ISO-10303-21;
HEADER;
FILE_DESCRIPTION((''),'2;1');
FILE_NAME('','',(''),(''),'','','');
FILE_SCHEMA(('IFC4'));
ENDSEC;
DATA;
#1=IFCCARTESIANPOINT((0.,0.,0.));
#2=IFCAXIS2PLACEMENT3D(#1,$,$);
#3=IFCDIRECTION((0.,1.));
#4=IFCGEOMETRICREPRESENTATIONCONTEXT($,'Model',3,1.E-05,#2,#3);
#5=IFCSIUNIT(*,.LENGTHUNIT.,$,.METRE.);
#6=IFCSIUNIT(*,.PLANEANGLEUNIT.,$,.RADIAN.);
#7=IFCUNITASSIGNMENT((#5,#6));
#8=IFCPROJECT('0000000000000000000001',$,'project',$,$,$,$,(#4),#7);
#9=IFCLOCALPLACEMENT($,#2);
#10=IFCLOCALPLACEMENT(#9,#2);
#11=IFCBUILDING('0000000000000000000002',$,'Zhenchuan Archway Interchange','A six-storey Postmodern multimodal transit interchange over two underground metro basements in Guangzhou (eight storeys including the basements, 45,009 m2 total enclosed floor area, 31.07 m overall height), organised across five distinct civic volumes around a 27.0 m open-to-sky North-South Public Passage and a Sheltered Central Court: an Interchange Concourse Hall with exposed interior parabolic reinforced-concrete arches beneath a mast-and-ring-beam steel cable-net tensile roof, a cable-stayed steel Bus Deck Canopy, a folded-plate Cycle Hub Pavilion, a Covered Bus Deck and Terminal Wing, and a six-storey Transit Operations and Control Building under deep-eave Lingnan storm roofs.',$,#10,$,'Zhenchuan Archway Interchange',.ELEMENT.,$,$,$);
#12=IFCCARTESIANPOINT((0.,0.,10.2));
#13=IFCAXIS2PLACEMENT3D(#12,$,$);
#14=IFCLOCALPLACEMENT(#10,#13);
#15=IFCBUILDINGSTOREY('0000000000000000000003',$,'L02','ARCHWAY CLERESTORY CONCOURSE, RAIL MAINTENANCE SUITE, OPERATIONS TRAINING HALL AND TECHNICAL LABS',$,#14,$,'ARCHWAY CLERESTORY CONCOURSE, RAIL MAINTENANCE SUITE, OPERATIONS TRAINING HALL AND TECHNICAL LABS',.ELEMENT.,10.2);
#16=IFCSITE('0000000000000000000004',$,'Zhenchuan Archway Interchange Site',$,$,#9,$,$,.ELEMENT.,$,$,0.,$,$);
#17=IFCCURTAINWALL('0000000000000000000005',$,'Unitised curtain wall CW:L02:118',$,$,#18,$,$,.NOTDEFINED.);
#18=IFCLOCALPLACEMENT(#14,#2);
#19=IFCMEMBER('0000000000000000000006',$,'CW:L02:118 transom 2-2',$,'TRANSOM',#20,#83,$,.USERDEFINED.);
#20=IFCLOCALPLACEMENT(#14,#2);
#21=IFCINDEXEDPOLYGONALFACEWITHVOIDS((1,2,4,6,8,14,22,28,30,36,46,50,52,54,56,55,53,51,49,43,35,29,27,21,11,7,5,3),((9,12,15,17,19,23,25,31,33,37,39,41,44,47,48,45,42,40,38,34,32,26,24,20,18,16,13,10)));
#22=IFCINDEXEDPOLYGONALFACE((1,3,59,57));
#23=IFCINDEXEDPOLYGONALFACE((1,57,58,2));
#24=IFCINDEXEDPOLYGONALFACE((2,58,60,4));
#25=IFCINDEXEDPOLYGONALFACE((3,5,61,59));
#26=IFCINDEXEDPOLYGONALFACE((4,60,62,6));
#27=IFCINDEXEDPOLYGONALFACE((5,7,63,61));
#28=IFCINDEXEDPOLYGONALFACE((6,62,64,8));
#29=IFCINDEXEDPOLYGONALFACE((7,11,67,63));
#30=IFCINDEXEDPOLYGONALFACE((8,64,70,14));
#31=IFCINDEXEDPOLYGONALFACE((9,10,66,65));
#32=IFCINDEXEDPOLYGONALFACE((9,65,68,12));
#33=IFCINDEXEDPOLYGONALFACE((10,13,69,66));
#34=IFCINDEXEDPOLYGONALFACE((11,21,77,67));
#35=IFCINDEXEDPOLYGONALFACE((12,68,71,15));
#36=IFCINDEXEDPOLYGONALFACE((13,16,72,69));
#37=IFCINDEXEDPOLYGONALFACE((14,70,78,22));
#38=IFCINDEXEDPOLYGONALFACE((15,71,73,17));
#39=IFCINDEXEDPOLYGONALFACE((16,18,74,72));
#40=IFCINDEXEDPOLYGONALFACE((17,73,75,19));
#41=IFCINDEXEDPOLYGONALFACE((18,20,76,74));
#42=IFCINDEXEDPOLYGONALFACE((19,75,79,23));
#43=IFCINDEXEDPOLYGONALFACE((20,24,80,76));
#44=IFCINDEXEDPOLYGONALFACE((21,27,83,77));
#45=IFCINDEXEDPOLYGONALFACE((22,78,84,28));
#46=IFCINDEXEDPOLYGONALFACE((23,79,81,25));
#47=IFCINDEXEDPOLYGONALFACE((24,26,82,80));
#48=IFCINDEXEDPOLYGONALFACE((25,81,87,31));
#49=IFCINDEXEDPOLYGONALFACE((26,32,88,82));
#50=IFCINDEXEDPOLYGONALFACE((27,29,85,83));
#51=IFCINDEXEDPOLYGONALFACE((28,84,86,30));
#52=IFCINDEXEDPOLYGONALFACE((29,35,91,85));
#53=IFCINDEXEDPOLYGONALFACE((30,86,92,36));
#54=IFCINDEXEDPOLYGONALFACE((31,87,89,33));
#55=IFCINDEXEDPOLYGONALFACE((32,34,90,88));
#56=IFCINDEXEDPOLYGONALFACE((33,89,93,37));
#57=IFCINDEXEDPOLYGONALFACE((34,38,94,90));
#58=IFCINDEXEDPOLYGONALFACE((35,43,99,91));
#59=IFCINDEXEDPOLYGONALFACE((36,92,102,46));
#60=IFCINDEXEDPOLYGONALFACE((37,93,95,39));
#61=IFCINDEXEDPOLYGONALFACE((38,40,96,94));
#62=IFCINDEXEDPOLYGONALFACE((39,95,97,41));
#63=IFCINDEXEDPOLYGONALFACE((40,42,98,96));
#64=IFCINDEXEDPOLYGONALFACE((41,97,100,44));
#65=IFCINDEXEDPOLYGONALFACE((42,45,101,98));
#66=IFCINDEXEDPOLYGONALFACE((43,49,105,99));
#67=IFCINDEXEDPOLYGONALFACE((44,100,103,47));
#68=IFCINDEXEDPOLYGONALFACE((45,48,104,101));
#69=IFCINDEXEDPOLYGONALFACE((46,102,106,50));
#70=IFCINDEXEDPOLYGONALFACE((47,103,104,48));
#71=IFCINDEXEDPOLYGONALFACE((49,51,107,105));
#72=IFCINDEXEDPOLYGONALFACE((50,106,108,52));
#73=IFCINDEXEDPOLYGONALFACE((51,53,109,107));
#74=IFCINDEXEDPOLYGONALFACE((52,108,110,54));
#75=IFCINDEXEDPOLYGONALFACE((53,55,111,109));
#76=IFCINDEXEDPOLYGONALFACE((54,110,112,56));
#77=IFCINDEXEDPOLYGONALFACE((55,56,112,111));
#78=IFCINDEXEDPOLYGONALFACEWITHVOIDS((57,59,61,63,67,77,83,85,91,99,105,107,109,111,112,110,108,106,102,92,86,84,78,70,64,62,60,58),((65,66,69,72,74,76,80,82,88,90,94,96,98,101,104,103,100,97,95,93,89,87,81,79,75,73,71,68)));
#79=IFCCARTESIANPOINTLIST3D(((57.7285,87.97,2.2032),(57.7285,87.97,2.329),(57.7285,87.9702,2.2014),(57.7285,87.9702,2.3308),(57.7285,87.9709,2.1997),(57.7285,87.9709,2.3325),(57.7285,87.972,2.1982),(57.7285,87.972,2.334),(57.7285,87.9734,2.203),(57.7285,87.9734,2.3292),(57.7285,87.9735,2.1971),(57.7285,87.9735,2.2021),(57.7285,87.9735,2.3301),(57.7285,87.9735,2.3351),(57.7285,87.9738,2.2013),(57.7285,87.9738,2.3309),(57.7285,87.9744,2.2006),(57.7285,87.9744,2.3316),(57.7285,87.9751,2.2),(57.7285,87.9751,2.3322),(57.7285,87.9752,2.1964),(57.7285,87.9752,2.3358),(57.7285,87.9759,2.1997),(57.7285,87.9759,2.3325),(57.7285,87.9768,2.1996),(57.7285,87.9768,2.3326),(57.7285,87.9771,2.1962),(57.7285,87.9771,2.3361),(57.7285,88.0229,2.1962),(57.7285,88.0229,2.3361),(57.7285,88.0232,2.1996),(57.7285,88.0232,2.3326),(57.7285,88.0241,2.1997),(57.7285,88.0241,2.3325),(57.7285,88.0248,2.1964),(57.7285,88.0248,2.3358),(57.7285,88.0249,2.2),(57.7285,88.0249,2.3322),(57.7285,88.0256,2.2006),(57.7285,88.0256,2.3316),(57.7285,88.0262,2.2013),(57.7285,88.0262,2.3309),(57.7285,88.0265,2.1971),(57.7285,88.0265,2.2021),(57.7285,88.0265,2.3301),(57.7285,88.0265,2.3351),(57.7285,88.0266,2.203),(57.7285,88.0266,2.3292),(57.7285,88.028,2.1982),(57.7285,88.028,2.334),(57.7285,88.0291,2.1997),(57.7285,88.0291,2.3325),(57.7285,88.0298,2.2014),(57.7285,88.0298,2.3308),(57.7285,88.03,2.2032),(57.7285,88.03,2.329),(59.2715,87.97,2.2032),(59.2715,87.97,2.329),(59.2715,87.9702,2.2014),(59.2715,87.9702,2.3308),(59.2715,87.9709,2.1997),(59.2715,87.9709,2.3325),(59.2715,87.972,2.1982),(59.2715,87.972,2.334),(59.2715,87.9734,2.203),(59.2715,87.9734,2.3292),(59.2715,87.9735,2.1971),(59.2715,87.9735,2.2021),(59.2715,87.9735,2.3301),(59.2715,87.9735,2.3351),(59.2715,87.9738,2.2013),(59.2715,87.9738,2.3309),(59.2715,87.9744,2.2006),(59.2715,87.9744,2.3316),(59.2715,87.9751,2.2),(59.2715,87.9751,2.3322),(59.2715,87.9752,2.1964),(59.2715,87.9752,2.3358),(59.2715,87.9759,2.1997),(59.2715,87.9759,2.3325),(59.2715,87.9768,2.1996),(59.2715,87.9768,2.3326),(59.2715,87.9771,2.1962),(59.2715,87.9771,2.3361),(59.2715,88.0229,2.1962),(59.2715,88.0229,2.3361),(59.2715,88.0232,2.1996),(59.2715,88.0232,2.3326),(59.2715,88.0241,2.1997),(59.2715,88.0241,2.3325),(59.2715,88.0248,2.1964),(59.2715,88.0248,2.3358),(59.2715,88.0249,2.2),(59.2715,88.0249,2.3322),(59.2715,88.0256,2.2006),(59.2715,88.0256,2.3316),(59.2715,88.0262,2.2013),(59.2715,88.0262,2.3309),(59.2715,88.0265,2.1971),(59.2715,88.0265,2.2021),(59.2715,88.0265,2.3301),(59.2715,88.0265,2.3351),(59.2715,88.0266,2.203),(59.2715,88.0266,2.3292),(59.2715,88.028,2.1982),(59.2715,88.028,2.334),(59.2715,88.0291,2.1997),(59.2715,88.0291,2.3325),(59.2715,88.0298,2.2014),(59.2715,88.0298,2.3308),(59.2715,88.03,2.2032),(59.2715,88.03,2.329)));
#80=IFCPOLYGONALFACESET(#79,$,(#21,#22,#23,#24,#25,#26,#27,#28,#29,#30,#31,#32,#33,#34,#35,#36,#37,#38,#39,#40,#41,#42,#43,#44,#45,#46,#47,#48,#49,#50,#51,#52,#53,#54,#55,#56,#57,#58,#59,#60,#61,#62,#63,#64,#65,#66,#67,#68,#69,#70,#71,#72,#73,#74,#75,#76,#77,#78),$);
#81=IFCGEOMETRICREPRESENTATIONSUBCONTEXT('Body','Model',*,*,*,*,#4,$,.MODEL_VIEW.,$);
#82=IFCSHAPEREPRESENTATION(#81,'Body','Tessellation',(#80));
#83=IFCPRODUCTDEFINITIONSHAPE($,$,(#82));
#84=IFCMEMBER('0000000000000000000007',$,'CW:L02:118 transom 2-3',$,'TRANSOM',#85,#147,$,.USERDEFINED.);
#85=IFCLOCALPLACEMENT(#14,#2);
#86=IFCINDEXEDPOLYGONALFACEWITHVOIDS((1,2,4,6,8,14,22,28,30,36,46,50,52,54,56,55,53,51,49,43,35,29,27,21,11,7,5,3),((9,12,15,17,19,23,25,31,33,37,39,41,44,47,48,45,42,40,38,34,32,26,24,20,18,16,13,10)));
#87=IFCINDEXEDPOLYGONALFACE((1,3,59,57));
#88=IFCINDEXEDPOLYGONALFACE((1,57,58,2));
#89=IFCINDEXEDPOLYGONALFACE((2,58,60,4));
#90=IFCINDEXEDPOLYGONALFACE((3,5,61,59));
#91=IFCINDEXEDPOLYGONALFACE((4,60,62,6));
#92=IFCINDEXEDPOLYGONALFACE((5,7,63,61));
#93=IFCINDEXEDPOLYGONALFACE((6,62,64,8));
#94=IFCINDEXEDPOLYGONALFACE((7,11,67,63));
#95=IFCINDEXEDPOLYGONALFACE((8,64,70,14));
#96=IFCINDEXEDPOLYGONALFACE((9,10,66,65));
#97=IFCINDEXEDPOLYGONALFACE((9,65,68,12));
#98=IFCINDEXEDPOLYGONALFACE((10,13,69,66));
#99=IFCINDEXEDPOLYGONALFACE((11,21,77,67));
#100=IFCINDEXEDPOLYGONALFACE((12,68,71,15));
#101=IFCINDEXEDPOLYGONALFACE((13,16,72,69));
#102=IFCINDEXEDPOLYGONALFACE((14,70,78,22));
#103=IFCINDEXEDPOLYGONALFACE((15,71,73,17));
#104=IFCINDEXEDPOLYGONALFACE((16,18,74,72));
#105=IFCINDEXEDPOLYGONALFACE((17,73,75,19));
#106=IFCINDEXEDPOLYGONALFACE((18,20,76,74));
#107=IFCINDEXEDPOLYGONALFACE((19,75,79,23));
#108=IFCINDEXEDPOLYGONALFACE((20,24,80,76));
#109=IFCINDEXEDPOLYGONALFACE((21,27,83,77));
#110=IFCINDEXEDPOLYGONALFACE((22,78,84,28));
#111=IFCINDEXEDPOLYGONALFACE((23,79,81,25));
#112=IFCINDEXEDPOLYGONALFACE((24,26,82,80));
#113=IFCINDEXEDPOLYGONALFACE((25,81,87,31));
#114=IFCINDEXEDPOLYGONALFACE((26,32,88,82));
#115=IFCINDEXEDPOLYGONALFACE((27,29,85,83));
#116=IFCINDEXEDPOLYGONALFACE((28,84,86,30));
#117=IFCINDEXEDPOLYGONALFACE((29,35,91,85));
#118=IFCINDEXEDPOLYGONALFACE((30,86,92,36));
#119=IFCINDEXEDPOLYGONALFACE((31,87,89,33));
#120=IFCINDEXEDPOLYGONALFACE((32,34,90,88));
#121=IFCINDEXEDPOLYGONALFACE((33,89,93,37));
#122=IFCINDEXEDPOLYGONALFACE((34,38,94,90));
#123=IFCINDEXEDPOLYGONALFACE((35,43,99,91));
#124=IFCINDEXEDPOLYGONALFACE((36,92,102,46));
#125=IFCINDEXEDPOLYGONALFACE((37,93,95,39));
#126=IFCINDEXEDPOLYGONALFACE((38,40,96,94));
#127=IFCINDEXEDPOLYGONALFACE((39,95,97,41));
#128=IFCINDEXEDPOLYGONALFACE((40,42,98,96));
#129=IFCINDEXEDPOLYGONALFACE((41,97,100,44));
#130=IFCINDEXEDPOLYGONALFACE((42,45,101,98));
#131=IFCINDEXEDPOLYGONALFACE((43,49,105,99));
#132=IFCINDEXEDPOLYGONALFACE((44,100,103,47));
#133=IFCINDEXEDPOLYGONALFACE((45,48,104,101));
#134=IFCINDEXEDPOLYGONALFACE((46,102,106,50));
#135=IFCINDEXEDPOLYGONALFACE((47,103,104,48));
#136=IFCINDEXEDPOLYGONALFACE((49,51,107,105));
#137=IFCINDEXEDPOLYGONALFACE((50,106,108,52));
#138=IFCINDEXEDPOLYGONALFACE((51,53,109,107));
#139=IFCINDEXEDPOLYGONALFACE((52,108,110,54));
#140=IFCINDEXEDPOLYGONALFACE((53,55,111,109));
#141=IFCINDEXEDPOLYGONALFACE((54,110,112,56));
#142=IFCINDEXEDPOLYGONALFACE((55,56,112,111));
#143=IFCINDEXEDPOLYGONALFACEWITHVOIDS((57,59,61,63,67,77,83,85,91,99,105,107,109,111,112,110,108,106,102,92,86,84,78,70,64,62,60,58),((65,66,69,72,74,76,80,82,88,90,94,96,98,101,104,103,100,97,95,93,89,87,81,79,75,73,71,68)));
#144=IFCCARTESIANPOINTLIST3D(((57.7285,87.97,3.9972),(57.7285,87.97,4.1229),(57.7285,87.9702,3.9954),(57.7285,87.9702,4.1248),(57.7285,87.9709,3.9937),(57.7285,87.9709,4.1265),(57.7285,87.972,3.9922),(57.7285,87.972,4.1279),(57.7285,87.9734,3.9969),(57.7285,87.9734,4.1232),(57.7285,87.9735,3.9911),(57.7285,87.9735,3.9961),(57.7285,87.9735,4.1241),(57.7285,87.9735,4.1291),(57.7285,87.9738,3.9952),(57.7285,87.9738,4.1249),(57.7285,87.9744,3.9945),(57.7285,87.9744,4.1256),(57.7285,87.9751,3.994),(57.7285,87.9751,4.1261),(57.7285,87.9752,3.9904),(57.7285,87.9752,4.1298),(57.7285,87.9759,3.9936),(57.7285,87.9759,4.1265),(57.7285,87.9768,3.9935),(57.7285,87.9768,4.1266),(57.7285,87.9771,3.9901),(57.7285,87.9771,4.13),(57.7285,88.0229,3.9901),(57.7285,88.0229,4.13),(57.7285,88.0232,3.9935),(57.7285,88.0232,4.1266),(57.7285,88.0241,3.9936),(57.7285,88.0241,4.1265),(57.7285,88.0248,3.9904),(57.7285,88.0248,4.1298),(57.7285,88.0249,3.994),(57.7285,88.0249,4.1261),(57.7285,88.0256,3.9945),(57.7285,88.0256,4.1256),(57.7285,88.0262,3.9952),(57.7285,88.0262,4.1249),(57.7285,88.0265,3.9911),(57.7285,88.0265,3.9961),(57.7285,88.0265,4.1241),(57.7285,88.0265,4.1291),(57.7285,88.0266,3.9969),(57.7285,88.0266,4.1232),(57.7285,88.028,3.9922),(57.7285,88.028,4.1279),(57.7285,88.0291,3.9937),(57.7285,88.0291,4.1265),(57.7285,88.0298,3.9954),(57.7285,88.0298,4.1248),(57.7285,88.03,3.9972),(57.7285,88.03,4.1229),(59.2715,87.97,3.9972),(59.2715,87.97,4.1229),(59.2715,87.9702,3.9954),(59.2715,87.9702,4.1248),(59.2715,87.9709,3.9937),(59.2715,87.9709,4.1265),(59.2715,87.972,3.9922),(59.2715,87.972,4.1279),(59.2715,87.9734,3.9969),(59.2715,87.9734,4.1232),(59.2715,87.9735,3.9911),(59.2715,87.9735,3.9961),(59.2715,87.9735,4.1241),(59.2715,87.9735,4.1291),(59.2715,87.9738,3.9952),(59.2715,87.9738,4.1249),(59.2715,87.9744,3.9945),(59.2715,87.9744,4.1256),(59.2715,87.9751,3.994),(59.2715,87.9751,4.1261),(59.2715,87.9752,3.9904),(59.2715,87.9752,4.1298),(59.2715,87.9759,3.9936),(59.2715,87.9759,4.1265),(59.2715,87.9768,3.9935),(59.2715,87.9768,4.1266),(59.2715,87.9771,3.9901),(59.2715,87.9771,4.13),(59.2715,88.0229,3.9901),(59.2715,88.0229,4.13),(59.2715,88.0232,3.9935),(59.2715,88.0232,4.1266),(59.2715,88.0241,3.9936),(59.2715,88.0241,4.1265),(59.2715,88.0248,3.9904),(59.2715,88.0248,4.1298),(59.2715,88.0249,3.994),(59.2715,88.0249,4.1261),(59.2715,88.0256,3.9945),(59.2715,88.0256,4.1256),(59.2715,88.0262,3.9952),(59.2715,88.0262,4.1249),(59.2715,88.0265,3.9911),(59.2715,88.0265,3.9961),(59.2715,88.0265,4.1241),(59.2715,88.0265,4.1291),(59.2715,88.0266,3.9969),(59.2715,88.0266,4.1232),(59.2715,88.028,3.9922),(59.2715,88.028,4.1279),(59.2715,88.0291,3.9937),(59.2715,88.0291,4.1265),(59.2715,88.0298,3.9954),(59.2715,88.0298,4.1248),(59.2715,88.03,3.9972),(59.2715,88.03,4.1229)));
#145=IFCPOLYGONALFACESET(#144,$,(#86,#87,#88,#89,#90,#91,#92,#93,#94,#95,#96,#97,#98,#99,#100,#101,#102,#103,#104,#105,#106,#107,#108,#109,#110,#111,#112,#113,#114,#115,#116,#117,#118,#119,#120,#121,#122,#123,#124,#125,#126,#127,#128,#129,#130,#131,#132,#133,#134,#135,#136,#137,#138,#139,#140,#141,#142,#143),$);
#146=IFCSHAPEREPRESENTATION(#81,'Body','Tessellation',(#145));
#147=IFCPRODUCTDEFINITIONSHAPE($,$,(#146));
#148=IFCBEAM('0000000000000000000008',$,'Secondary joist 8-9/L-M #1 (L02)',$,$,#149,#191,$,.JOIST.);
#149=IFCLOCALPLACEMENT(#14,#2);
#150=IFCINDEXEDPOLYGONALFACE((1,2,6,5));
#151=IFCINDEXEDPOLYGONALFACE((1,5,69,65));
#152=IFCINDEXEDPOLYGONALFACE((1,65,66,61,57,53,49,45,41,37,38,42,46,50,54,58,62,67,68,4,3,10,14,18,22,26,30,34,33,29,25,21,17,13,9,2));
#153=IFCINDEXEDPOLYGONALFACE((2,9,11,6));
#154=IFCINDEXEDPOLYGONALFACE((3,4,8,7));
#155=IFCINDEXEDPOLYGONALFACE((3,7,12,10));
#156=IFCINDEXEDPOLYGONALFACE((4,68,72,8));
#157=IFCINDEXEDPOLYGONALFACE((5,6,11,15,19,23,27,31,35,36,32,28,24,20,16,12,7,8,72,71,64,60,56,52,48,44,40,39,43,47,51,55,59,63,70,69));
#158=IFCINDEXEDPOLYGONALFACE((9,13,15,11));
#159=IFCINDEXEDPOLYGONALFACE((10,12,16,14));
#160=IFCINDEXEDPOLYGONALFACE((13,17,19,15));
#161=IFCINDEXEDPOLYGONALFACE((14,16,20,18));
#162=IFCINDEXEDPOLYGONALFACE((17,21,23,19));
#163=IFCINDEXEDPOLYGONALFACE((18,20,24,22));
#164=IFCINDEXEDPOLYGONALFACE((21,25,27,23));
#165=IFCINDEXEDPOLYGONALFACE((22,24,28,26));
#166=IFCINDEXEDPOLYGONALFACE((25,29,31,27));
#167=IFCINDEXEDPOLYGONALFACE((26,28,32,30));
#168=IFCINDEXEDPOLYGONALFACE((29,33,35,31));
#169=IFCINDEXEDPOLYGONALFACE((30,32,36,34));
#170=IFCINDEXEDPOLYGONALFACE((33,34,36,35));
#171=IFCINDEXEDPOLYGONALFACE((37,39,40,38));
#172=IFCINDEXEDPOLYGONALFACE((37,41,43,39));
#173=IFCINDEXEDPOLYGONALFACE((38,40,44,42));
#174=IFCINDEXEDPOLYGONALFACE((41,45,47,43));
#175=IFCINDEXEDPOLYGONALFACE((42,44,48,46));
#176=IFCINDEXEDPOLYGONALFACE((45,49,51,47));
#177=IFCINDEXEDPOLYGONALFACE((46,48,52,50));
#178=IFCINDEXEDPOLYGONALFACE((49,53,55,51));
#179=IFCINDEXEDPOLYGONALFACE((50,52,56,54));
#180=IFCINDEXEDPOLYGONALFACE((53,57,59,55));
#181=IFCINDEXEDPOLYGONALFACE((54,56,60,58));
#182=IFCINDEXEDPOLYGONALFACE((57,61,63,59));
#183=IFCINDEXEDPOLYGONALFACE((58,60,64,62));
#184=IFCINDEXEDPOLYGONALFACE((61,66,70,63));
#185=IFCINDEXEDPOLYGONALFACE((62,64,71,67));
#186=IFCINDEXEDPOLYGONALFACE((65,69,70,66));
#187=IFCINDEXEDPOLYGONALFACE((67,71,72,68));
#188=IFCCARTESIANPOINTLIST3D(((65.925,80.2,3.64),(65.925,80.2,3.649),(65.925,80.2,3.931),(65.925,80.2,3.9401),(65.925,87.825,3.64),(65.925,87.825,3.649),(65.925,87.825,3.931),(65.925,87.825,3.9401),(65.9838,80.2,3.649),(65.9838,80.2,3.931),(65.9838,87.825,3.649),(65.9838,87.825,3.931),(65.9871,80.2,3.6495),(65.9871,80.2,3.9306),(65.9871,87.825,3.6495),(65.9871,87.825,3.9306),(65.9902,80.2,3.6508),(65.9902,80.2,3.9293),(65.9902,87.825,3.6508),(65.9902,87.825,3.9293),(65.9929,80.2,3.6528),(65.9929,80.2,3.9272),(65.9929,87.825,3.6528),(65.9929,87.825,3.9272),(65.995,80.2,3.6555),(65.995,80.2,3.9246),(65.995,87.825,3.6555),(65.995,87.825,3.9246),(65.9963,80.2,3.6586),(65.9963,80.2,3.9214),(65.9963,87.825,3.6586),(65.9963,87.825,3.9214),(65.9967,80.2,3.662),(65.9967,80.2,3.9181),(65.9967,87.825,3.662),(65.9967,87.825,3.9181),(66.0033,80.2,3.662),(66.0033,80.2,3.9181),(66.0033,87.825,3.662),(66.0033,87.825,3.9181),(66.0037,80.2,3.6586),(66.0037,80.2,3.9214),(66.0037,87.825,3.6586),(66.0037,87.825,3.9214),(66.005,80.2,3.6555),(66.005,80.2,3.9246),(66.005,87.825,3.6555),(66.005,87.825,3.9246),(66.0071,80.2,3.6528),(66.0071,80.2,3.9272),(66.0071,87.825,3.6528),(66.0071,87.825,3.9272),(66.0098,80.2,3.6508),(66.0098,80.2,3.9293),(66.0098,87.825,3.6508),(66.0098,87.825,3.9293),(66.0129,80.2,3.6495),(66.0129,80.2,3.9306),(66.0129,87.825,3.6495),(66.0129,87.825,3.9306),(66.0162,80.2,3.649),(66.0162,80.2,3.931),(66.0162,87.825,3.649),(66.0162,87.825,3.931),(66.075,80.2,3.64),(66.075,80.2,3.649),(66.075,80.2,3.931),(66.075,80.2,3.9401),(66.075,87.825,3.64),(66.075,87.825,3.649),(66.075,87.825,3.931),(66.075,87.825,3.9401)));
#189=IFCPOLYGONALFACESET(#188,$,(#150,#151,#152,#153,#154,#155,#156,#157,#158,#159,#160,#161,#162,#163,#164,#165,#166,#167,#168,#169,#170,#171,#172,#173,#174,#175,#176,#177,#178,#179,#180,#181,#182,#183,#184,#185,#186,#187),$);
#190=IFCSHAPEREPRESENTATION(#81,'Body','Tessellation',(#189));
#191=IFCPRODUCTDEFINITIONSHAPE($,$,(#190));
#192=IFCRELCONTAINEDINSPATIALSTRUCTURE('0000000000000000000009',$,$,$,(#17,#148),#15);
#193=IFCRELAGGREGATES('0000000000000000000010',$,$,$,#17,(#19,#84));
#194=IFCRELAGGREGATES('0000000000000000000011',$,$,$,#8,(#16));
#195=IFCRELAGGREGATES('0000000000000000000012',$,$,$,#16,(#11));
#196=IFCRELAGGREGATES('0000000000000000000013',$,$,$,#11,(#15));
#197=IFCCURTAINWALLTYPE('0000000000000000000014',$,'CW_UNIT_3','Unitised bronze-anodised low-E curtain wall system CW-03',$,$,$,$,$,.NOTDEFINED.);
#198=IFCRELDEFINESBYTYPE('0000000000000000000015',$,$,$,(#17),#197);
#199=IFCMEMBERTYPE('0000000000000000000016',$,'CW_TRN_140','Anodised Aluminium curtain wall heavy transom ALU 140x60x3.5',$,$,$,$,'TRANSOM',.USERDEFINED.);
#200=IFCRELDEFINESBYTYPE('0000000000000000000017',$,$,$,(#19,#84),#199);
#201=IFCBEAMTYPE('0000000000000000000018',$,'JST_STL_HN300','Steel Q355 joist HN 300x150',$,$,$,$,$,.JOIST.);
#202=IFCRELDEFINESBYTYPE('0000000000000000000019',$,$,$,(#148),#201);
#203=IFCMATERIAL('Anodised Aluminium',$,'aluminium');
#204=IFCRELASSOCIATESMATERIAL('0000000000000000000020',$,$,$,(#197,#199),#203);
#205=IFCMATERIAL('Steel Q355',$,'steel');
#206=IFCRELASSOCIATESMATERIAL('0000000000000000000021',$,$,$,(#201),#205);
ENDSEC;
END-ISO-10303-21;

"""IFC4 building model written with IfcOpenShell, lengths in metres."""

from ifc_helpers import new_model, si_unit, direction, frame, origin, origin_2d, place, context, subcontext, project, spatial, hollow_rectangle, i_section, extrude, material, material_profile, profile_set, type_object, element, aggregate, save


model = new_model("IFC4")

# Units and contexts
model_context = context("Model", 3, precision=1e-05, world=origin(), true_north=direction((0.0, 1.0)))
body_context = subcontext(model_context, "Body", "Model", "MODEL_VIEW")
ifc_project = project(units=[si_unit("LENGTHUNIT", "METRE"), si_unit("PLANEANGLEUNIT", "RADIAN")], contexts=[model_context])

# Site, building, storey
site_placement = place(None, origin())
site = spatial("IfcSite", under=ifc_project, at=site_placement, Name="Zhenchuan Archway Interchange Site", CompositionType="ELEMENT", RefElevation=0.0)
building_placement = place(site_placement, origin())
building = spatial("IfcBuilding", under=site, at=building_placement, Name="Zhenchuan Archway Interchange", Description="A six-storey Postmodern multimodal transit interchange over two underground metro basements in Guangzhou (eight storeys including the basements, 45,009 m2 total enclosed floor area, 31.07 m overall height), organised across five distinct civic volumes around a 27.0 m open-to-sky North-South Public Passage and a Sheltered Central Court: an Interchange Concourse Hall with exposed interior parabolic reinforced-concrete arches beneath a mast-and-ring-beam steel cable-net tensile roof, a cable-stayed steel Bus Deck Canopy, a folded-plate Cycle Hub Pavilion, a Covered Bus Deck and Terminal Wing, and a six-storey Transit Operations and Control Building under deep-eave Lingnan storm roofs.", LongName="Zhenchuan Archway Interchange", CompositionType="ELEMENT")
storey_placement = place(building_placement, frame((0.0, 0.0, 10.2)))
storey = spatial("IfcBuildingStorey", under=building, at=storey_placement, Name="L02", Description="ARCHWAY CLERESTORY CONCOURSE, RAIL MAINTENANCE SUITE, OPERATIONS TRAINING HALL AND TECHNICAL LABS", LongName="ARCHWAY CLERESTORY CONCOURSE, RAIL MAINTENANCE SUITE, OPERATIONS TRAINING HALL AND TECHNICAL LABS", CompositionType="ELEMENT", Elevation=10.2)

# Curtain wall, members
ifc_material_1 = material(Name="Anodised Aluminium", Category="aluminium")
curtain_wall_type = type_object("IfcCurtainWallType", Name="CW_UNIT_3", Description="Unitised bronze-anodised low-E curtain wall system CW-03", PredefinedType="NOTDEFINED", material=ifc_material_1)
curtain_wall_placement = place(storey_placement, origin())
curtain_wall = element("IfcCurtainWall", 1, at=curtain_wall_placement, inside=storey, type_object=curtain_wall_type, Name="Unitised curtain wall CW:L02:118", PredefinedType="NOTDEFINED")
ifc_material_profile_1 = material_profile(ifc_material_1, hollow_rectangle(XDim=0.0601, YDim=0.1399, WallThickness=0.0034, InnerFilletRadius=0.0034, OuterFilletRadius=0.0071, at=origin_2d()), Name="ALU 140x60x3.5")
ifc_profile_set_1 = profile_set([ifc_material_profile_1], Name="Anodised Aluminium")
member_type_1 = type_object("IfcMemberType", Name="CW_TRN_140", Description="Anodised Aluminium curtain wall heavy transom ALU 140x60x3.5", ElementType="TRANSOM", PredefinedType="USERDEFINED", material=ifc_profile_set_1)
member_1_placement = place(storey_placement, frame((57.7285, 88.0, 2.2661), z_axis=(1.0, 0.0, 0.0), x_axis=(0.0, 1.0, 0.0)))
member_1 = element("IfcMember", 2, at=member_1_placement, type_object=member_type_1, Name="CW:L02:118 transom 2-2", ObjectType="TRANSOM", PredefinedType="USERDEFINED", context=body_context, shape_type="SweptSolid", body=[
    extrude(hollow_rectangle(XDim=0.0601, YDim=0.1399, WallThickness=0.0034, InnerFilletRadius=0.0034, OuterFilletRadius=0.0071, at=origin_2d()), origin(), (0.0, 0.0, 1.0), 1.543),
])
member_2_placement = place(storey_placement, frame((57.7285, 88.0, 4.0601), z_axis=(1.0, 0.0, 0.0), x_axis=(0.0, 1.0, 0.0)))
member_2 = element("IfcMember", 3, at=member_2_placement, type_object=member_type_1, Name="CW:L02:118 transom 2-3", ObjectType="TRANSOM", PredefinedType="USERDEFINED", context=body_context, shape_type="SweptSolid", body=[
    extrude(hollow_rectangle(XDim=0.0601, YDim=0.1399, WallThickness=0.0034, InnerFilletRadius=0.0034, OuterFilletRadius=0.0071, at=origin_2d()), origin(), (0.0, 0.0, 1.0), 1.543),
])

# Beam
ifc_material_2 = material(Name="Steel Q355", Category="steel")
ifc_material_profile_2 = material_profile(ifc_material_2, i_section(OverallWidth=0.1499, OverallDepth=0.3, WebThickness=0.0066, FlangeThickness=0.009, FilletRadius=0.0129, at=origin_2d()), Name="HN 300x150")
ifc_profile_set_2 = profile_set([ifc_material_profile_2], Name="Steel Q355")
beam_type_1 = type_object("IfcBeamType", Name="JST_STL_HN300", Description="Steel Q355 joist HN 300x150", PredefinedType="JOIST", material=ifc_profile_set_2)
for number, where, z_axis, x_axis, name in (
    (4, (66.0, 80.2, 3.79), (0.0, 1.0, 0.0), (-1.0, 0.0, 0.0), "Secondary joist 8-9/L-M #1 (L02)"),
):
    element("IfcBeam", number, at=place(storey_placement, frame(where, z_axis=z_axis, x_axis=x_axis)), inside=storey, type_object=beam_type_1, Name=name, PredefinedType="JOIST", context=body_context, shape_type="SweptSolid", body=[
        extrude(i_section(OverallWidth=0.1499, OverallDepth=0.3, WebThickness=0.0066, FlangeThickness=0.009, FilletRadius=0.0129, at=origin_2d()), origin(), (0.0, 0.0, 1.0), 7.625),
    ])

aggregate(curtain_wall, [member_1, member_2])

save(model, "model.ifc")
